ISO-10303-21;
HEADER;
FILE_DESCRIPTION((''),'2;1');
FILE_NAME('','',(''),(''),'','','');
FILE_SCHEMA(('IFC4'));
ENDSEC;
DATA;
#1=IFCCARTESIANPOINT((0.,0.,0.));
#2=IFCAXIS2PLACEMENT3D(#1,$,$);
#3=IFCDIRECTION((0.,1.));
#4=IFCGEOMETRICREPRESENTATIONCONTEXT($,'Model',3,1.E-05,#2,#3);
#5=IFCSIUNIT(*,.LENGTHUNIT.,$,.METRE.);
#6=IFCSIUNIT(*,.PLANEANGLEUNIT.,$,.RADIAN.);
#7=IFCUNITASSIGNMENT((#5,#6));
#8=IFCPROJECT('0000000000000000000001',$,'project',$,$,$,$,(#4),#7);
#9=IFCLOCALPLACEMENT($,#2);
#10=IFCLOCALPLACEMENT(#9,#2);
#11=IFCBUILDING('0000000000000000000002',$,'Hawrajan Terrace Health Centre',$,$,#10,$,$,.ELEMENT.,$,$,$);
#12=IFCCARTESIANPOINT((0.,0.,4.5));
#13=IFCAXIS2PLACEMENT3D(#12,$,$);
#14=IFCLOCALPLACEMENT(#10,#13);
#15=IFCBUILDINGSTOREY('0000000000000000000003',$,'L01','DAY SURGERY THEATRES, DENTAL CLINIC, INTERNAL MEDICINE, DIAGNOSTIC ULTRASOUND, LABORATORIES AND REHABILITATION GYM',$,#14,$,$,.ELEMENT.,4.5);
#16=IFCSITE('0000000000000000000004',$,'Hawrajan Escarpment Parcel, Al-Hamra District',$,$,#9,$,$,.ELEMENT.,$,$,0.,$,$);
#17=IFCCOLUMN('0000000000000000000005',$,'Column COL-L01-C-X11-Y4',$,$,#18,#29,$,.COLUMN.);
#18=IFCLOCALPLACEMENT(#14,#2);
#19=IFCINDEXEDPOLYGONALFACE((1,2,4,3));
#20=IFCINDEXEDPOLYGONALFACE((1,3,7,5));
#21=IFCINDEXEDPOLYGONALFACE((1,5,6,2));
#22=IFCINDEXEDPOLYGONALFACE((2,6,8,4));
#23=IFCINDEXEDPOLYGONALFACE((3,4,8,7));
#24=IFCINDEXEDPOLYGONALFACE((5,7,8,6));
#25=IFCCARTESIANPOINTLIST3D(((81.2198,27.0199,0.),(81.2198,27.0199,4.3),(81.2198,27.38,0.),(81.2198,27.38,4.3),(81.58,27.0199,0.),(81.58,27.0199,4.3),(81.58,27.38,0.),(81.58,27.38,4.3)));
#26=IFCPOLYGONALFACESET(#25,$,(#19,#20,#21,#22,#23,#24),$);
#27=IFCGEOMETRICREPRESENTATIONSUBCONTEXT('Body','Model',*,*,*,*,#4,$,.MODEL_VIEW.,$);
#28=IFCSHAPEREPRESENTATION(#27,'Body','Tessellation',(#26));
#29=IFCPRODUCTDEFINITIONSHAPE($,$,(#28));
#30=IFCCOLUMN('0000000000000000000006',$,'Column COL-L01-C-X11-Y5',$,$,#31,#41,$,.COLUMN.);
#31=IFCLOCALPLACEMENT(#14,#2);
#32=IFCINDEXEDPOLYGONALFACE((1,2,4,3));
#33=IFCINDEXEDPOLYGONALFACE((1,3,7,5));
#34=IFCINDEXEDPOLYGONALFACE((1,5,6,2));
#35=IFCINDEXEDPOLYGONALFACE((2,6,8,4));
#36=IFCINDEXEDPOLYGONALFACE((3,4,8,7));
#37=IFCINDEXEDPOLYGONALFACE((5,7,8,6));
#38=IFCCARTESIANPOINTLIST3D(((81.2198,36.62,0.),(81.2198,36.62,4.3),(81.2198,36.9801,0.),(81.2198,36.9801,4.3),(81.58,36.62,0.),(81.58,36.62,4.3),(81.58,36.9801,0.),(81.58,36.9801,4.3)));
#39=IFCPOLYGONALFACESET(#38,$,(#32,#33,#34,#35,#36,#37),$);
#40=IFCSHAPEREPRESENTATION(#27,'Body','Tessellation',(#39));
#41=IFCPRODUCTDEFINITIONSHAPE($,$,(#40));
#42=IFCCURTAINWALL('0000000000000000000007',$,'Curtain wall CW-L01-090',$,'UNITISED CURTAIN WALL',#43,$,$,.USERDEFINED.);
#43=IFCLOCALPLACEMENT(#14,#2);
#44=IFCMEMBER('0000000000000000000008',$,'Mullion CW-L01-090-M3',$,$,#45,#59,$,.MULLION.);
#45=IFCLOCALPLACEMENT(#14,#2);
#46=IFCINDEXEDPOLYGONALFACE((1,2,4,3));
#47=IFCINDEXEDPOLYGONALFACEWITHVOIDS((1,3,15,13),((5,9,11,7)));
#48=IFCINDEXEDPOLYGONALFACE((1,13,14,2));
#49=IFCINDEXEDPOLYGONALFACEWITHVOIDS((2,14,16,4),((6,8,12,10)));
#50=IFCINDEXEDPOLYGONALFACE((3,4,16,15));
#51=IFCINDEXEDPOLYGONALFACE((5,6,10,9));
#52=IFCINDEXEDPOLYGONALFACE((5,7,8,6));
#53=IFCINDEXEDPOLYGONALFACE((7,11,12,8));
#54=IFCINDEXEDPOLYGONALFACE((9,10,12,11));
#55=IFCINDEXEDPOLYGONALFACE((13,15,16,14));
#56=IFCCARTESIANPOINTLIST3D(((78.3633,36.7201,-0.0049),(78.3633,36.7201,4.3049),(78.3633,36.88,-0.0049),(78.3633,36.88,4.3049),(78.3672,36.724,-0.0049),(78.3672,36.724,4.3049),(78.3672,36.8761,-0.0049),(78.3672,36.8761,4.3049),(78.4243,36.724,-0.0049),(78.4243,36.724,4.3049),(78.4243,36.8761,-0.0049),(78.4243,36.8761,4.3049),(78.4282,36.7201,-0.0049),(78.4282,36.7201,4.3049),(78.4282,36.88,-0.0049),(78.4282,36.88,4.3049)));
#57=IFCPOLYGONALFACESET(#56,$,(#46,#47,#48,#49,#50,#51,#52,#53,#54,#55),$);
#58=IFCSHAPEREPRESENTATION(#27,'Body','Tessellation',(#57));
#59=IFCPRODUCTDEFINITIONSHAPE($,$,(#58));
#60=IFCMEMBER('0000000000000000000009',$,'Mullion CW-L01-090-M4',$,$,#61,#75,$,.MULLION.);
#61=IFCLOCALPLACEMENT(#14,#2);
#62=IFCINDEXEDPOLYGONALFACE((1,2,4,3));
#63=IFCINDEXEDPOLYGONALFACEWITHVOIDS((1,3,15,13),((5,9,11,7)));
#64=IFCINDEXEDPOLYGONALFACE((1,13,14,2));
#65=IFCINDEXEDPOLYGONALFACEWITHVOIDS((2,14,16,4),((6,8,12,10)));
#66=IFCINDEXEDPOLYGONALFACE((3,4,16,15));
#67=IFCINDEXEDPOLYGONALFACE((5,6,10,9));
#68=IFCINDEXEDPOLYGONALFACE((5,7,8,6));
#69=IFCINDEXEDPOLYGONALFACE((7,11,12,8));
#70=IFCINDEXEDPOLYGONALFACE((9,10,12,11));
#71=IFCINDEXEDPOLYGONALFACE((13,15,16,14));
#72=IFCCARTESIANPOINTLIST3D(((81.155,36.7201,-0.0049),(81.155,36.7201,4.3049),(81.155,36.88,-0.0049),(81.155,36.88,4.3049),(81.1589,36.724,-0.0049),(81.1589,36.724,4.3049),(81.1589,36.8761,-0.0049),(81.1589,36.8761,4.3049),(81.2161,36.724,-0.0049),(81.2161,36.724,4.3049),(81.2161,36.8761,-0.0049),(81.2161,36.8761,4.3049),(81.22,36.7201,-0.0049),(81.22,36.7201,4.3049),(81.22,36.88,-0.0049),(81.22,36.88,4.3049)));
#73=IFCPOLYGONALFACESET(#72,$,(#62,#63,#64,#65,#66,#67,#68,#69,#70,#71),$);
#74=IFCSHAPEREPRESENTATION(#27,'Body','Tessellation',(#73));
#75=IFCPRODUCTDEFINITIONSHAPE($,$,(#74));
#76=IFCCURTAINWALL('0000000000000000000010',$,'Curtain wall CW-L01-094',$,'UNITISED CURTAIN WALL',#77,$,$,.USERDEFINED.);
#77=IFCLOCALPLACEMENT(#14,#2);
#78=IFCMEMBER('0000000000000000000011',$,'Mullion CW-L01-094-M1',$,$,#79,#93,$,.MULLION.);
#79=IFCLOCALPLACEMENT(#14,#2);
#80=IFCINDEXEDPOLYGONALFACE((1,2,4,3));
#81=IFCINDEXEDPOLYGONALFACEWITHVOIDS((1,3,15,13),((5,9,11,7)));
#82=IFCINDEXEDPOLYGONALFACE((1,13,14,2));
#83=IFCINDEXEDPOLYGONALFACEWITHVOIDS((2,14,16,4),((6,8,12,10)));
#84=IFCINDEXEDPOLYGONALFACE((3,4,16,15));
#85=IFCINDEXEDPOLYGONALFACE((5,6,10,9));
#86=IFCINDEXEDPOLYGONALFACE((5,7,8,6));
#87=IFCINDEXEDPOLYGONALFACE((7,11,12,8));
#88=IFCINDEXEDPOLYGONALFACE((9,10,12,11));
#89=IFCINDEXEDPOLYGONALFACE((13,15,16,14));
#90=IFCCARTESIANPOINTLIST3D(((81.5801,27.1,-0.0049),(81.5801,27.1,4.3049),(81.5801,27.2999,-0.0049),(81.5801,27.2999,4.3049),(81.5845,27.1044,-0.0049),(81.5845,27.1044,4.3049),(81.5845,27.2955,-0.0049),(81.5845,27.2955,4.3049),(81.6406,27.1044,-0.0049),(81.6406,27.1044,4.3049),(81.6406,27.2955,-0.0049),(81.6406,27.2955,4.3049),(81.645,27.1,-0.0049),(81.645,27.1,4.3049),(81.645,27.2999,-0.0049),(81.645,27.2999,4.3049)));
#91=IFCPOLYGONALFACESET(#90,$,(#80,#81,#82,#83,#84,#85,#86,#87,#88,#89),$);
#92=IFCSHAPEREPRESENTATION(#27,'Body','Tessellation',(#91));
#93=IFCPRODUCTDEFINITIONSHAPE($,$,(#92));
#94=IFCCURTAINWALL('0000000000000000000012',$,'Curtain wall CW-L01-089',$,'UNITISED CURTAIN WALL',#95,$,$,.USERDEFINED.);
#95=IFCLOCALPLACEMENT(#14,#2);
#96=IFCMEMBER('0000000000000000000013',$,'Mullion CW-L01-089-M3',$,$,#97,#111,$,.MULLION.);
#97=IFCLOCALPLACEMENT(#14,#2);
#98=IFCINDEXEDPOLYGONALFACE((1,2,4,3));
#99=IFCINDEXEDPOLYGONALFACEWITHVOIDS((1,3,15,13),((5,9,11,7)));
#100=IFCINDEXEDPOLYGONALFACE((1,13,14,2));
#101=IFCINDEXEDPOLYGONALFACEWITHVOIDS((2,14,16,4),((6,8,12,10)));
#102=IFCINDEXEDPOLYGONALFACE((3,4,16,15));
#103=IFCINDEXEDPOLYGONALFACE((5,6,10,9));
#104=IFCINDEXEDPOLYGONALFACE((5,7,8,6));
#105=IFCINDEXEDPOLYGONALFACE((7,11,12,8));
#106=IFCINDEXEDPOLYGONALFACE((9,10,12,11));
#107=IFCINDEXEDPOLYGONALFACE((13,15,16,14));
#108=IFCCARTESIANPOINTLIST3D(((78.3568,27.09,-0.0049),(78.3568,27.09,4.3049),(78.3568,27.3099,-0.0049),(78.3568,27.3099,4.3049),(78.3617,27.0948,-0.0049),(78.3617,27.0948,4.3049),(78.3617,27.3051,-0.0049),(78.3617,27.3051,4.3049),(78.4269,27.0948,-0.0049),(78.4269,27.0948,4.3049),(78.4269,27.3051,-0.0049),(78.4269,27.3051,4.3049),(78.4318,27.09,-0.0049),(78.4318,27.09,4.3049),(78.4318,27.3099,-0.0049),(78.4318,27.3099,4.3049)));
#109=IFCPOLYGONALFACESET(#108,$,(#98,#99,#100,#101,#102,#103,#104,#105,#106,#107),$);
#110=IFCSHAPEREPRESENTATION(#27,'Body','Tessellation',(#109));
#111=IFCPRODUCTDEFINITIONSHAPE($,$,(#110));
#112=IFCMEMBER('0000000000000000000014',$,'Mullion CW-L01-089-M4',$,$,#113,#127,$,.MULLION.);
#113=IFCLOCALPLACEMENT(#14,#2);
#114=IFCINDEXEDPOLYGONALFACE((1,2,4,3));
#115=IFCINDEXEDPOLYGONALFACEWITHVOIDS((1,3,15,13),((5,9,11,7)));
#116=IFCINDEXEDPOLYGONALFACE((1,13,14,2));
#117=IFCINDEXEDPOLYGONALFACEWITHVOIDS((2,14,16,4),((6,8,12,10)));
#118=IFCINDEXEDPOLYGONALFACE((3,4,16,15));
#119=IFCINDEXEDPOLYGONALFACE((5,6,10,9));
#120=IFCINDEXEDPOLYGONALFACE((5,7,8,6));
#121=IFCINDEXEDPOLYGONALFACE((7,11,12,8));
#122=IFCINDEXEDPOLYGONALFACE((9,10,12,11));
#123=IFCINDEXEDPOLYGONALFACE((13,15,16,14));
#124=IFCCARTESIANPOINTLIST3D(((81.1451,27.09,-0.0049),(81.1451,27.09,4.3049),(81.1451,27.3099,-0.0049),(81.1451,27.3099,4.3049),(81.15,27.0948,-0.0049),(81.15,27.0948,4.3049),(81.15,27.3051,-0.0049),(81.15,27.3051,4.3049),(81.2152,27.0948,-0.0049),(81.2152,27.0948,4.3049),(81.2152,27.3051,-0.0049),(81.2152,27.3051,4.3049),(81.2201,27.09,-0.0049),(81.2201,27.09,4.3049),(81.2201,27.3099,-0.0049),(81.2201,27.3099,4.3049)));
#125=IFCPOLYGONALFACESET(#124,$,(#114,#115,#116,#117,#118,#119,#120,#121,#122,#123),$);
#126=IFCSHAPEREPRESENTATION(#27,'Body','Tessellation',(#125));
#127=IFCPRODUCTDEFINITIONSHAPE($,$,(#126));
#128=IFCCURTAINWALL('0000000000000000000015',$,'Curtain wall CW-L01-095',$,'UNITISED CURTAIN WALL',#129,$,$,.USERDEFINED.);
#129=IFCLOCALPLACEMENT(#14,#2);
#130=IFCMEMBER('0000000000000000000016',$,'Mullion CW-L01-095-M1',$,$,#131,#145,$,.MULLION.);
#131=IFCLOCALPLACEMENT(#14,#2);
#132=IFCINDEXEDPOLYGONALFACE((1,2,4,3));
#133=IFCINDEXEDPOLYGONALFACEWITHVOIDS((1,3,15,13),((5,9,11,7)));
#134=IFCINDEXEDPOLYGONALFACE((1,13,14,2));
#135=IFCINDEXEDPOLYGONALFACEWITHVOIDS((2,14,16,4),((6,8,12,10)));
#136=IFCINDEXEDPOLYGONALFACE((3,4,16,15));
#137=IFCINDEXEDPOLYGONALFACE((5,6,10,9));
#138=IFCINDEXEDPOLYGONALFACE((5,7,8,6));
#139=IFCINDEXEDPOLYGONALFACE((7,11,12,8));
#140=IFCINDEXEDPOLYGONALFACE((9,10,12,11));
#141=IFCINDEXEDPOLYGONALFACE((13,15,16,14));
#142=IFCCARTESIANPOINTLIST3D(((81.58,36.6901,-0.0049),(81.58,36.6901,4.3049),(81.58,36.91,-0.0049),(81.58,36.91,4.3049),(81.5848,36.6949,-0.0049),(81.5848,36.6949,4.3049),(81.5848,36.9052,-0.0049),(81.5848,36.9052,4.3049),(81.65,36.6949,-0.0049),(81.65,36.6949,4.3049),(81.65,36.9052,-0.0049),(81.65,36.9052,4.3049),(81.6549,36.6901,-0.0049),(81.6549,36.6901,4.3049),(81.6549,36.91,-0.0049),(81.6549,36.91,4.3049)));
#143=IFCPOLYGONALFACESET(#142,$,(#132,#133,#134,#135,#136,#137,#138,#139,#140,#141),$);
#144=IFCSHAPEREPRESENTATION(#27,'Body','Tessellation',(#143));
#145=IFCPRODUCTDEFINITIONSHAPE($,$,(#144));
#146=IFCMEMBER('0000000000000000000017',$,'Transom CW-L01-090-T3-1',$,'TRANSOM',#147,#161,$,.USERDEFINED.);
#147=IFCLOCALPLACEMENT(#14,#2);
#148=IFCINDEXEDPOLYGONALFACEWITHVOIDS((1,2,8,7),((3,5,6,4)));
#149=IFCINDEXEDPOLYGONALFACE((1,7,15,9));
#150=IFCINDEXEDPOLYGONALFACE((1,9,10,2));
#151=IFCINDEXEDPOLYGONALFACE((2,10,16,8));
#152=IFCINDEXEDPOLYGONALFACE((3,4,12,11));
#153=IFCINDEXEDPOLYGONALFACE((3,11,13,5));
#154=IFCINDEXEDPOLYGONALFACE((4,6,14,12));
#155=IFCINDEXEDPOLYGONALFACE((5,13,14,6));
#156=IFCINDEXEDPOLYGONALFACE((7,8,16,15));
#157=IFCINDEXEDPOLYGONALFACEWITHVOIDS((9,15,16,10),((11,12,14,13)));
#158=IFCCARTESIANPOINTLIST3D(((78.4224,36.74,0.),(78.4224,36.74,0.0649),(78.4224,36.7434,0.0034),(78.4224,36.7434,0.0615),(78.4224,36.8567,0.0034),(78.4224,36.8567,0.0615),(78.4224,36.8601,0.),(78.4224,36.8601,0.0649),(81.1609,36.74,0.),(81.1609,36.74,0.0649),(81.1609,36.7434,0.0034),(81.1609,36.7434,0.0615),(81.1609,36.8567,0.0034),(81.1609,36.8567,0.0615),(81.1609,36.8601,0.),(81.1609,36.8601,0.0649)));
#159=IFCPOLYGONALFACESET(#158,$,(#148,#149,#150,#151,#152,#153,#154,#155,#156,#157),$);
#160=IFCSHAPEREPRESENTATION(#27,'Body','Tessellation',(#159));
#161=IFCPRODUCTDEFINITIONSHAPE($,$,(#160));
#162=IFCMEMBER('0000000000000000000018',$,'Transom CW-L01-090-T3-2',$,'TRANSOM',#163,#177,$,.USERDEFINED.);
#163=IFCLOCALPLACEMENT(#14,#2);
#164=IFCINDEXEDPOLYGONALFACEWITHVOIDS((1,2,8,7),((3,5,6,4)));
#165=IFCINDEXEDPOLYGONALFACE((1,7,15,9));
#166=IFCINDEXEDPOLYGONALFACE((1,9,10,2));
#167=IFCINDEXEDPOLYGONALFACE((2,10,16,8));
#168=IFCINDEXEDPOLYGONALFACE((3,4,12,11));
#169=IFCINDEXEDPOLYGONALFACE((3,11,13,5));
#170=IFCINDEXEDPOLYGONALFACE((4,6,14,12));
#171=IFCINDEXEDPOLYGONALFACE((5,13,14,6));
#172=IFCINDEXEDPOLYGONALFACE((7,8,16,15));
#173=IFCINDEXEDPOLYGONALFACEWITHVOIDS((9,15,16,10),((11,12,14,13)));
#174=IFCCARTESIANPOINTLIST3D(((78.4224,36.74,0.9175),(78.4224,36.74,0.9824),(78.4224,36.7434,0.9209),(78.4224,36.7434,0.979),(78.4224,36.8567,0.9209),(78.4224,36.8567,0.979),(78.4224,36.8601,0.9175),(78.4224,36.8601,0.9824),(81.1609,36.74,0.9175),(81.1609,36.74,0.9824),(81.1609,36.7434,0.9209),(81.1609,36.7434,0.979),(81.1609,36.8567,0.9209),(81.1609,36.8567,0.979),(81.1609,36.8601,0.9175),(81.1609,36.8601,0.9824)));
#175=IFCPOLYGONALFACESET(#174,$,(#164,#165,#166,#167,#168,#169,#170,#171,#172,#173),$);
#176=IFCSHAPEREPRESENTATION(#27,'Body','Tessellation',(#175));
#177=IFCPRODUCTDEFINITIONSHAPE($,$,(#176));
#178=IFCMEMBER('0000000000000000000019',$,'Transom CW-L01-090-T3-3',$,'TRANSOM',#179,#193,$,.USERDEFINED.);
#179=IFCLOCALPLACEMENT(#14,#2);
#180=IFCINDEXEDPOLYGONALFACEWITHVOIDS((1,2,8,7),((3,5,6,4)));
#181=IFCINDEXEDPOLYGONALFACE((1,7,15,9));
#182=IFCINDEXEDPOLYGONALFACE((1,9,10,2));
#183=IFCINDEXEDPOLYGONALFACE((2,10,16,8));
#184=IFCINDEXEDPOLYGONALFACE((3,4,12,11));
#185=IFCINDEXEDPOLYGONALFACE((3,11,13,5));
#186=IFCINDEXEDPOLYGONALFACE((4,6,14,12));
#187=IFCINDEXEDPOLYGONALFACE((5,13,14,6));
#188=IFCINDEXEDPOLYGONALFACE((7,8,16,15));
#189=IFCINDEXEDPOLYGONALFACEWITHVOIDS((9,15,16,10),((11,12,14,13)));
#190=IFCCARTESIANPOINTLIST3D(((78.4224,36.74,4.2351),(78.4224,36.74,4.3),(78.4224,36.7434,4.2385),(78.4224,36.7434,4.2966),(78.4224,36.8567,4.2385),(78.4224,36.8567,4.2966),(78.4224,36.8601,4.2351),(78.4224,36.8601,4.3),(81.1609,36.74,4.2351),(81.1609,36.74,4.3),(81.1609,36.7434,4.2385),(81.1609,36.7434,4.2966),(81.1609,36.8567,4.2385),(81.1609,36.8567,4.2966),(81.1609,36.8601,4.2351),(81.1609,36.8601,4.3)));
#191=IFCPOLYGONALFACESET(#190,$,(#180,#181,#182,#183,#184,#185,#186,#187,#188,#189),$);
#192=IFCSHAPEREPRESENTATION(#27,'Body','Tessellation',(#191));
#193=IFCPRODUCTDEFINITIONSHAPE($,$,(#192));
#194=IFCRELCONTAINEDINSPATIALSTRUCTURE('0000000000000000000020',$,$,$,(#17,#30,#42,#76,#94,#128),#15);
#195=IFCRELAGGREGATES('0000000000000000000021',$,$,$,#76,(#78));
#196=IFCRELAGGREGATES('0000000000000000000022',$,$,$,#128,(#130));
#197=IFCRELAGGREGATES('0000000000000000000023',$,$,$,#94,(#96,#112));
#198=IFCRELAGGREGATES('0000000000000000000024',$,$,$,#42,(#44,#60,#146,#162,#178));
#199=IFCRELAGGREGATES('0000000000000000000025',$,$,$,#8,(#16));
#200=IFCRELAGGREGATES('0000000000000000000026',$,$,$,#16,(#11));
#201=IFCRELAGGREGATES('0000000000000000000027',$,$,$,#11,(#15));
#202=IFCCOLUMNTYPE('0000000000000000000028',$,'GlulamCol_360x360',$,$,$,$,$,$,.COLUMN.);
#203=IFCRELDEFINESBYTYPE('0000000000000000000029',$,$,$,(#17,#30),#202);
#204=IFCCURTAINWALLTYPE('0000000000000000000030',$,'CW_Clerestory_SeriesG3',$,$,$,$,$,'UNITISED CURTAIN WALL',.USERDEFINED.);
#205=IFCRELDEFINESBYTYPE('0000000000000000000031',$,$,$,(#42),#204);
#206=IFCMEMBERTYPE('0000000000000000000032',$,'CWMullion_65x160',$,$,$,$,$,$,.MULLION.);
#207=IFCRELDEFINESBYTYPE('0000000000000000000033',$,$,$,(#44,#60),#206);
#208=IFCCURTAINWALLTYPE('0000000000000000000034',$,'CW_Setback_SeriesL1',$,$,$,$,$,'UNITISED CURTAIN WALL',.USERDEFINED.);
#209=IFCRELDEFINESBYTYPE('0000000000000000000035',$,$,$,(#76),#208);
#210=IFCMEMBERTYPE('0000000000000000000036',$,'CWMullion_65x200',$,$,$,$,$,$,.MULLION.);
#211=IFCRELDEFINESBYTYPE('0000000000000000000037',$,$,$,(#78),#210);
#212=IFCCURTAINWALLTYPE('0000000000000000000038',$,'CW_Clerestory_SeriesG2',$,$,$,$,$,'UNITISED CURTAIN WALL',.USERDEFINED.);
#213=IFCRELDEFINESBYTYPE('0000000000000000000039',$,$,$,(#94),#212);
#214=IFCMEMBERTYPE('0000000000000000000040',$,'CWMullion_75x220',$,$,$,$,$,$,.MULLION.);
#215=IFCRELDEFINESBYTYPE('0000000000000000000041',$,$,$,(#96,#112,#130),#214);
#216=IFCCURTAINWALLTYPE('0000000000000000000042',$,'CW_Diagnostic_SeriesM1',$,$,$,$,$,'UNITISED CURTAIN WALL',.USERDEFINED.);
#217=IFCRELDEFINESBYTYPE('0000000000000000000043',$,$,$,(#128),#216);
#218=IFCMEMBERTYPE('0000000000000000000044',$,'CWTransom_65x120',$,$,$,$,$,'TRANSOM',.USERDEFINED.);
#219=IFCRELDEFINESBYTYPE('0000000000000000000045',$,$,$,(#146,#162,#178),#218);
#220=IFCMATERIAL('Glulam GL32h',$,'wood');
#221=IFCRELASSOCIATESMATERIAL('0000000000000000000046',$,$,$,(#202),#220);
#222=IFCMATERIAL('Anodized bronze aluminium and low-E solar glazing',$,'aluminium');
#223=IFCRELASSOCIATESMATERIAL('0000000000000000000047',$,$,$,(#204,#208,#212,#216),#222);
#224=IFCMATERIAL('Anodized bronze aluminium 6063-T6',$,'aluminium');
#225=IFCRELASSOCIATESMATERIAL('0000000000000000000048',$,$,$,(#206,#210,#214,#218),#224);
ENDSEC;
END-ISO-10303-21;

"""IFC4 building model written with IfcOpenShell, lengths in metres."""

from ifc_helpers import new_model, si_unit, direction, frame, origin, origin_2d, place, context, subcontext, project, spatial, rectangle, hollow_rectangle, extrude, material, material_profile, profile_set, type_object, element, aggregate, save


model = new_model("IFC4")

# Units and contexts
model_context = context("Model", 3, precision=1e-05, world=origin(), true_north=direction((0.0, 1.0)))
body_context = subcontext(model_context, "Body", "Model", "MODEL_VIEW")
ifc_project = project(units=[si_unit("LENGTHUNIT", "METRE"), si_unit("PLANEANGLEUNIT", "RADIAN")], contexts=[model_context])

# Site, building, storey
site_placement = place(None, origin())
site = spatial("IfcSite", under=ifc_project, at=site_placement, Name="Hawrajan Escarpment Parcel, Al-Hamra District", CompositionType="ELEMENT", RefElevation=0.0)
building_placement = place(site_placement, origin())
building = spatial("IfcBuilding", under=site, at=building_placement, Name="Hawrajan Terrace Health Centre", CompositionType="ELEMENT")
storey_placement = place(building_placement, frame((0.0, 0.0, 4.5)))
storey = spatial("IfcBuildingStorey", under=building, at=storey_placement, Name="L01", Description="DAY SURGERY THEATRES, DENTAL CLINIC, INTERNAL MEDICINE, DIAGNOSTIC ULTRASOUND, LABORATORIES AND REHABILITATION GYM", CompositionType="ELEMENT", Elevation=4.5)

# Columns
ifc_material_1 = material(Name="Glulam GL32h", Category="wood")
ifc_material_profile_1 = material_profile(ifc_material_1, rectangle(XDim=0.3601, YDim=0.3601, at=origin_2d()), Name="GL 360x360")
ifc_profile_set_1 = profile_set([ifc_material_profile_1], Name="Glulam GL32h")
column_type = type_object("IfcColumnType", Name="GlulamCol_360x360", PredefinedType="COLUMN", material=ifc_profile_set_1)
for number, where, z_axis, x_axis, name in (
    (1, (81.3999, 27.2, 0.0), (0.0, 0.0, 1.0), (1.0, 0.0, 0.0), "Column COL-L01-C-X11-Y4"),
    (2, (81.3999, 36.8, 0.0), (0.0, 0.0, 1.0), (1.0, 0.0, 0.0), "Column COL-L01-C-X11-Y5"),
):
    element("IfcColumn", number, at=place(storey_placement, frame(where, z_axis=z_axis, x_axis=x_axis)), inside=storey, type_object=column_type, Name=name, PredefinedType="COLUMN", context=body_context, shape_type="SweptSolid", body=[
        extrude(rectangle(XDim=0.3601, YDim=0.3601, at=origin_2d()), origin(), (0.0, 0.0, 1.0), 4.3),
    ])

# Curtain wall, members
ifc_material_2 = material(Name="Anodized bronze aluminium and low-E solar glazing", Category="aluminium")
curtain_wall_type_1 = type_object("IfcCurtainWallType", Name="CW_Clerestory_SeriesG3", ElementType="UNITISED CURTAIN WALL", PredefinedType="USERDEFINED", material=ifc_material_2)
curtain_wall_1_placement = place(storey_placement, origin())
curtain_wall_1 = element("IfcCurtainWall", 3, at=curtain_wall_1_placement, inside=storey, type_object=curtain_wall_type_1, Name="Curtain wall CW-L01-090", ObjectType="UNITISED CURTAIN WALL", PredefinedType="USERDEFINED")
ifc_material_3 = material(Name="Anodized bronze aluminium 6063-T6", Category="aluminium")
ifc_material_profile_2 = material_profile(ifc_material_3, hollow_rectangle(XDim=0.0649, YDim=0.1599, WallThickness=0.0039, at=origin_2d()), Name="CW MUL 65x160")
ifc_profile_set_2 = profile_set([ifc_material_profile_2], Name="Anodized bronze aluminium 6063-T6")
member_type_1 = type_object("IfcMemberType", Name="CWMullion_65x160", PredefinedType="MULLION", material=ifc_profile_set_2)
member_1_placement = place(storey_placement, frame((78.3958, 36.8, -0.0049), z_axis=(0.0, 0.0, 1.0), x_axis=(1.0, 0.0, 0.0)))
member_1 = element("IfcMember", 4, at=member_1_placement, type_object=member_type_1, Name="Mullion CW-L01-090-M3", PredefinedType="MULLION", context=body_context, shape_type="SweptSolid", body=[
    extrude(hollow_rectangle(XDim=0.0649, YDim=0.1599, WallThickness=0.0039, at=origin_2d()), origin(), (0.0, 0.0, 1.0), 4.3098),
])
member_2_placement = place(storey_placement, frame((81.1875, 36.8, -0.0049), z_axis=(0.0, 0.0, 1.0), x_axis=(1.0, 0.0, 0.0)))
member_2 = element("IfcMember", 5, at=member_2_placement, type_object=member_type_1, Name="Mullion CW-L01-090-M4", PredefinedType="MULLION", context=body_context, shape_type="SweptSolid", body=[
    extrude(hollow_rectangle(XDim=0.0649, YDim=0.1599, WallThickness=0.0039, at=origin_2d()), origin(), (0.0, 0.0, 1.0), 4.3098),
])

# Curtain wall, member
curtain_wall_type_2 = type_object("IfcCurtainWallType", Name="CW_Setback_SeriesL1", ElementType="UNITISED CURTAIN WALL", PredefinedType="USERDEFINED", material=ifc_material_2)
curtain_wall_2_placement = place(storey_placement, origin())
curtain_wall_2 = element("IfcCurtainWall", 6, at=curtain_wall_2_placement, inside=storey, type_object=curtain_wall_type_2, Name="Curtain wall CW-L01-094", ObjectType="UNITISED CURTAIN WALL", PredefinedType="USERDEFINED")
ifc_material_profile_3 = material_profile(ifc_material_3, hollow_rectangle(XDim=0.0649, YDim=0.2, WallThickness=0.0044, at=origin_2d()), Name="CW MUL 65x200")
ifc_profile_set_3 = profile_set([ifc_material_profile_3], Name="Anodized bronze aluminium 6063-T6")
member_type_2 = type_object("IfcMemberType", Name="CWMullion_65x200", PredefinedType="MULLION", material=ifc_profile_set_3)
member_3_placement = place(storey_placement, frame((81.6125, 27.2, -0.0049), z_axis=(0.0, 0.0, 1.0), x_axis=(1.0, 0.0, 0.0)))
member_3 = element("IfcMember", 7, at=member_3_placement, type_object=member_type_2, Name="Mullion CW-L01-094-M1", PredefinedType="MULLION", context=body_context, shape_type="SweptSolid", body=[
    extrude(hollow_rectangle(XDim=0.0649, YDim=0.2, WallThickness=0.0044, at=origin_2d()), origin(), (0.0, 0.0, 1.0), 4.3098),
])

# Curtain wall, members
curtain_wall_type_3 = type_object("IfcCurtainWallType", Name="CW_Clerestory_SeriesG2", ElementType="UNITISED CURTAIN WALL", PredefinedType="USERDEFINED", material=ifc_material_2)
curtain_wall_3_placement = place(storey_placement, origin())
curtain_wall_3 = element("IfcCurtainWall", 8, at=curtain_wall_3_placement, inside=storey, type_object=curtain_wall_type_3, Name="Curtain wall CW-L01-089", ObjectType="UNITISED CURTAIN WALL", PredefinedType="USERDEFINED")
ifc_material_profile_4 = material_profile(ifc_material_3, hollow_rectangle(XDim=0.075, YDim=0.22, WallThickness=0.0049, at=origin_2d()), Name="CW MUL 75x220")
ifc_profile_set_4 = profile_set([ifc_material_profile_4], Name="Anodized bronze aluminium 6063-T6")
member_type_3 = type_object("IfcMemberType", Name="CWMullion_75x220", PredefinedType="MULLION", material=ifc_profile_set_4)
member_4_placement = place(storey_placement, frame((78.3943, 27.2, -0.0049), z_axis=(0.0, 0.0, 1.0), x_axis=(1.0, 0.0, 0.0)))
member_4 = element("IfcMember", 9, at=member_4_placement, type_object=member_type_3, Name="Mullion CW-L01-089-M3", PredefinedType="MULLION", context=body_context, shape_type="SweptSolid", body=[
    extrude(hollow_rectangle(XDim=0.075, YDim=0.22, WallThickness=0.0049, at=origin_2d()), origin(), (0.0, 0.0, 1.0), 4.3098),
])
member_5_placement = place(storey_placement, frame((81.1826, 27.2, -0.0049), z_axis=(0.0, 0.0, 1.0), x_axis=(1.0, 0.0, 0.0)))
member_5 = element("IfcMember", 10, at=member_5_placement, type_object=member_type_3, Name="Mullion CW-L01-089-M4", PredefinedType="MULLION", context=body_context, shape_type="SweptSolid", body=[
    extrude(hollow_rectangle(XDim=0.075, YDim=0.22, WallThickness=0.0049, at=origin_2d()), origin(), (0.0, 0.0, 1.0), 4.3098),
])

# Curtain wall, member
curtain_wall_type_4 = type_object("IfcCurtainWallType", Name="CW_Diagnostic_SeriesM1", ElementType="UNITISED CURTAIN WALL", PredefinedType="USERDEFINED", material=ifc_material_2)
curtain_wall_4_placement = place(storey_placement, origin())
curtain_wall_4 = element("IfcCurtainWall", 11, at=curtain_wall_4_placement, inside=storey, type_object=curtain_wall_type_4, Name="Curtain wall CW-L01-095", ObjectType="UNITISED CURTAIN WALL", PredefinedType="USERDEFINED")
member_6_placement = place(storey_placement, frame((81.6174, 36.8, -0.0049), z_axis=(0.0, 0.0, 1.0), x_axis=(1.0, 0.0, 0.0)))
member_6 = element("IfcMember", 12, at=member_6_placement, type_object=member_type_3, Name="Mullion CW-L01-095-M1", PredefinedType="MULLION", context=body_context, shape_type="SweptSolid", body=[
    extrude(hollow_rectangle(XDim=0.075, YDim=0.22, WallThickness=0.0049, at=origin_2d()), origin(), (0.0, 0.0, 1.0), 4.3098),
])

# Members
ifc_material_profile_5 = material_profile(ifc_material_3, hollow_rectangle(XDim=0.0649, YDim=0.1201, WallThickness=0.0034, at=origin_2d()), Name="CW TRN 65x120")
ifc_profile_set_5 = profile_set([ifc_material_profile_5], Name="Anodized bronze aluminium 6063-T6")
member_type_4 = type_object("IfcMemberType", Name="CWTransom_65x120", ElementType="TRANSOM", PredefinedType="USERDEFINED", material=ifc_profile_set_5)
member_7_placement = place(storey_placement, frame((78.4224, 36.8, 0.0325), z_axis=(1.0, 0.0, 0.0), x_axis=(0.0, 0.0, 1.0)))
member_7 = element("IfcMember", 13, at=member_7_placement, type_object=member_type_4, Name="Transom CW-L01-090-T3-1", ObjectType="TRANSOM", PredefinedType="USERDEFINED", context=body_context, shape_type="SweptSolid", body=[
    extrude(hollow_rectangle(XDim=0.0649, YDim=0.1201, WallThickness=0.0034, at=origin_2d()), origin(), (0.0, 0.0, 1.0), 2.7385),
])
member_8_placement = place(storey_placement, frame((78.4224, 36.8, 0.95), z_axis=(1.0, 0.0, 0.0), x_axis=(0.0, 0.0, 1.0)))
member_8 = element("IfcMember", 14, at=member_8_placement, type_object=member_type_4, Name="Transom CW-L01-090-T3-2", ObjectType="TRANSOM", PredefinedType="USERDEFINED", context=body_context, shape_type="SweptSolid", body=[
    extrude(hollow_rectangle(XDim=0.0649, YDim=0.1201, WallThickness=0.0034, at=origin_2d()), origin(), (0.0, 0.0, 1.0), 2.7385),
])
member_9_placement = place(storey_placement, frame((78.4224, 36.8, 4.2676), z_axis=(1.0, 0.0, 0.0), x_axis=(0.0, 0.0, 1.0)))
member_9 = element("IfcMember", 15, at=member_9_placement, type_object=member_type_4, Name="Transom CW-L01-090-T3-3", ObjectType="TRANSOM", PredefinedType="USERDEFINED", context=body_context, shape_type="SweptSolid", body=[
    extrude(hollow_rectangle(XDim=0.0649, YDim=0.1201, WallThickness=0.0034, at=origin_2d()), origin(), (0.0, 0.0, 1.0), 2.7385),
])
aggregate(curtain_wall_2, [member_3])
aggregate(curtain_wall_4, [member_6])

aggregate(curtain_wall_3, [member_4, member_5])
aggregate(curtain_wall_1, [member_1, member_2, member_7, member_8, member_9])

save(model, "model.ifc")
